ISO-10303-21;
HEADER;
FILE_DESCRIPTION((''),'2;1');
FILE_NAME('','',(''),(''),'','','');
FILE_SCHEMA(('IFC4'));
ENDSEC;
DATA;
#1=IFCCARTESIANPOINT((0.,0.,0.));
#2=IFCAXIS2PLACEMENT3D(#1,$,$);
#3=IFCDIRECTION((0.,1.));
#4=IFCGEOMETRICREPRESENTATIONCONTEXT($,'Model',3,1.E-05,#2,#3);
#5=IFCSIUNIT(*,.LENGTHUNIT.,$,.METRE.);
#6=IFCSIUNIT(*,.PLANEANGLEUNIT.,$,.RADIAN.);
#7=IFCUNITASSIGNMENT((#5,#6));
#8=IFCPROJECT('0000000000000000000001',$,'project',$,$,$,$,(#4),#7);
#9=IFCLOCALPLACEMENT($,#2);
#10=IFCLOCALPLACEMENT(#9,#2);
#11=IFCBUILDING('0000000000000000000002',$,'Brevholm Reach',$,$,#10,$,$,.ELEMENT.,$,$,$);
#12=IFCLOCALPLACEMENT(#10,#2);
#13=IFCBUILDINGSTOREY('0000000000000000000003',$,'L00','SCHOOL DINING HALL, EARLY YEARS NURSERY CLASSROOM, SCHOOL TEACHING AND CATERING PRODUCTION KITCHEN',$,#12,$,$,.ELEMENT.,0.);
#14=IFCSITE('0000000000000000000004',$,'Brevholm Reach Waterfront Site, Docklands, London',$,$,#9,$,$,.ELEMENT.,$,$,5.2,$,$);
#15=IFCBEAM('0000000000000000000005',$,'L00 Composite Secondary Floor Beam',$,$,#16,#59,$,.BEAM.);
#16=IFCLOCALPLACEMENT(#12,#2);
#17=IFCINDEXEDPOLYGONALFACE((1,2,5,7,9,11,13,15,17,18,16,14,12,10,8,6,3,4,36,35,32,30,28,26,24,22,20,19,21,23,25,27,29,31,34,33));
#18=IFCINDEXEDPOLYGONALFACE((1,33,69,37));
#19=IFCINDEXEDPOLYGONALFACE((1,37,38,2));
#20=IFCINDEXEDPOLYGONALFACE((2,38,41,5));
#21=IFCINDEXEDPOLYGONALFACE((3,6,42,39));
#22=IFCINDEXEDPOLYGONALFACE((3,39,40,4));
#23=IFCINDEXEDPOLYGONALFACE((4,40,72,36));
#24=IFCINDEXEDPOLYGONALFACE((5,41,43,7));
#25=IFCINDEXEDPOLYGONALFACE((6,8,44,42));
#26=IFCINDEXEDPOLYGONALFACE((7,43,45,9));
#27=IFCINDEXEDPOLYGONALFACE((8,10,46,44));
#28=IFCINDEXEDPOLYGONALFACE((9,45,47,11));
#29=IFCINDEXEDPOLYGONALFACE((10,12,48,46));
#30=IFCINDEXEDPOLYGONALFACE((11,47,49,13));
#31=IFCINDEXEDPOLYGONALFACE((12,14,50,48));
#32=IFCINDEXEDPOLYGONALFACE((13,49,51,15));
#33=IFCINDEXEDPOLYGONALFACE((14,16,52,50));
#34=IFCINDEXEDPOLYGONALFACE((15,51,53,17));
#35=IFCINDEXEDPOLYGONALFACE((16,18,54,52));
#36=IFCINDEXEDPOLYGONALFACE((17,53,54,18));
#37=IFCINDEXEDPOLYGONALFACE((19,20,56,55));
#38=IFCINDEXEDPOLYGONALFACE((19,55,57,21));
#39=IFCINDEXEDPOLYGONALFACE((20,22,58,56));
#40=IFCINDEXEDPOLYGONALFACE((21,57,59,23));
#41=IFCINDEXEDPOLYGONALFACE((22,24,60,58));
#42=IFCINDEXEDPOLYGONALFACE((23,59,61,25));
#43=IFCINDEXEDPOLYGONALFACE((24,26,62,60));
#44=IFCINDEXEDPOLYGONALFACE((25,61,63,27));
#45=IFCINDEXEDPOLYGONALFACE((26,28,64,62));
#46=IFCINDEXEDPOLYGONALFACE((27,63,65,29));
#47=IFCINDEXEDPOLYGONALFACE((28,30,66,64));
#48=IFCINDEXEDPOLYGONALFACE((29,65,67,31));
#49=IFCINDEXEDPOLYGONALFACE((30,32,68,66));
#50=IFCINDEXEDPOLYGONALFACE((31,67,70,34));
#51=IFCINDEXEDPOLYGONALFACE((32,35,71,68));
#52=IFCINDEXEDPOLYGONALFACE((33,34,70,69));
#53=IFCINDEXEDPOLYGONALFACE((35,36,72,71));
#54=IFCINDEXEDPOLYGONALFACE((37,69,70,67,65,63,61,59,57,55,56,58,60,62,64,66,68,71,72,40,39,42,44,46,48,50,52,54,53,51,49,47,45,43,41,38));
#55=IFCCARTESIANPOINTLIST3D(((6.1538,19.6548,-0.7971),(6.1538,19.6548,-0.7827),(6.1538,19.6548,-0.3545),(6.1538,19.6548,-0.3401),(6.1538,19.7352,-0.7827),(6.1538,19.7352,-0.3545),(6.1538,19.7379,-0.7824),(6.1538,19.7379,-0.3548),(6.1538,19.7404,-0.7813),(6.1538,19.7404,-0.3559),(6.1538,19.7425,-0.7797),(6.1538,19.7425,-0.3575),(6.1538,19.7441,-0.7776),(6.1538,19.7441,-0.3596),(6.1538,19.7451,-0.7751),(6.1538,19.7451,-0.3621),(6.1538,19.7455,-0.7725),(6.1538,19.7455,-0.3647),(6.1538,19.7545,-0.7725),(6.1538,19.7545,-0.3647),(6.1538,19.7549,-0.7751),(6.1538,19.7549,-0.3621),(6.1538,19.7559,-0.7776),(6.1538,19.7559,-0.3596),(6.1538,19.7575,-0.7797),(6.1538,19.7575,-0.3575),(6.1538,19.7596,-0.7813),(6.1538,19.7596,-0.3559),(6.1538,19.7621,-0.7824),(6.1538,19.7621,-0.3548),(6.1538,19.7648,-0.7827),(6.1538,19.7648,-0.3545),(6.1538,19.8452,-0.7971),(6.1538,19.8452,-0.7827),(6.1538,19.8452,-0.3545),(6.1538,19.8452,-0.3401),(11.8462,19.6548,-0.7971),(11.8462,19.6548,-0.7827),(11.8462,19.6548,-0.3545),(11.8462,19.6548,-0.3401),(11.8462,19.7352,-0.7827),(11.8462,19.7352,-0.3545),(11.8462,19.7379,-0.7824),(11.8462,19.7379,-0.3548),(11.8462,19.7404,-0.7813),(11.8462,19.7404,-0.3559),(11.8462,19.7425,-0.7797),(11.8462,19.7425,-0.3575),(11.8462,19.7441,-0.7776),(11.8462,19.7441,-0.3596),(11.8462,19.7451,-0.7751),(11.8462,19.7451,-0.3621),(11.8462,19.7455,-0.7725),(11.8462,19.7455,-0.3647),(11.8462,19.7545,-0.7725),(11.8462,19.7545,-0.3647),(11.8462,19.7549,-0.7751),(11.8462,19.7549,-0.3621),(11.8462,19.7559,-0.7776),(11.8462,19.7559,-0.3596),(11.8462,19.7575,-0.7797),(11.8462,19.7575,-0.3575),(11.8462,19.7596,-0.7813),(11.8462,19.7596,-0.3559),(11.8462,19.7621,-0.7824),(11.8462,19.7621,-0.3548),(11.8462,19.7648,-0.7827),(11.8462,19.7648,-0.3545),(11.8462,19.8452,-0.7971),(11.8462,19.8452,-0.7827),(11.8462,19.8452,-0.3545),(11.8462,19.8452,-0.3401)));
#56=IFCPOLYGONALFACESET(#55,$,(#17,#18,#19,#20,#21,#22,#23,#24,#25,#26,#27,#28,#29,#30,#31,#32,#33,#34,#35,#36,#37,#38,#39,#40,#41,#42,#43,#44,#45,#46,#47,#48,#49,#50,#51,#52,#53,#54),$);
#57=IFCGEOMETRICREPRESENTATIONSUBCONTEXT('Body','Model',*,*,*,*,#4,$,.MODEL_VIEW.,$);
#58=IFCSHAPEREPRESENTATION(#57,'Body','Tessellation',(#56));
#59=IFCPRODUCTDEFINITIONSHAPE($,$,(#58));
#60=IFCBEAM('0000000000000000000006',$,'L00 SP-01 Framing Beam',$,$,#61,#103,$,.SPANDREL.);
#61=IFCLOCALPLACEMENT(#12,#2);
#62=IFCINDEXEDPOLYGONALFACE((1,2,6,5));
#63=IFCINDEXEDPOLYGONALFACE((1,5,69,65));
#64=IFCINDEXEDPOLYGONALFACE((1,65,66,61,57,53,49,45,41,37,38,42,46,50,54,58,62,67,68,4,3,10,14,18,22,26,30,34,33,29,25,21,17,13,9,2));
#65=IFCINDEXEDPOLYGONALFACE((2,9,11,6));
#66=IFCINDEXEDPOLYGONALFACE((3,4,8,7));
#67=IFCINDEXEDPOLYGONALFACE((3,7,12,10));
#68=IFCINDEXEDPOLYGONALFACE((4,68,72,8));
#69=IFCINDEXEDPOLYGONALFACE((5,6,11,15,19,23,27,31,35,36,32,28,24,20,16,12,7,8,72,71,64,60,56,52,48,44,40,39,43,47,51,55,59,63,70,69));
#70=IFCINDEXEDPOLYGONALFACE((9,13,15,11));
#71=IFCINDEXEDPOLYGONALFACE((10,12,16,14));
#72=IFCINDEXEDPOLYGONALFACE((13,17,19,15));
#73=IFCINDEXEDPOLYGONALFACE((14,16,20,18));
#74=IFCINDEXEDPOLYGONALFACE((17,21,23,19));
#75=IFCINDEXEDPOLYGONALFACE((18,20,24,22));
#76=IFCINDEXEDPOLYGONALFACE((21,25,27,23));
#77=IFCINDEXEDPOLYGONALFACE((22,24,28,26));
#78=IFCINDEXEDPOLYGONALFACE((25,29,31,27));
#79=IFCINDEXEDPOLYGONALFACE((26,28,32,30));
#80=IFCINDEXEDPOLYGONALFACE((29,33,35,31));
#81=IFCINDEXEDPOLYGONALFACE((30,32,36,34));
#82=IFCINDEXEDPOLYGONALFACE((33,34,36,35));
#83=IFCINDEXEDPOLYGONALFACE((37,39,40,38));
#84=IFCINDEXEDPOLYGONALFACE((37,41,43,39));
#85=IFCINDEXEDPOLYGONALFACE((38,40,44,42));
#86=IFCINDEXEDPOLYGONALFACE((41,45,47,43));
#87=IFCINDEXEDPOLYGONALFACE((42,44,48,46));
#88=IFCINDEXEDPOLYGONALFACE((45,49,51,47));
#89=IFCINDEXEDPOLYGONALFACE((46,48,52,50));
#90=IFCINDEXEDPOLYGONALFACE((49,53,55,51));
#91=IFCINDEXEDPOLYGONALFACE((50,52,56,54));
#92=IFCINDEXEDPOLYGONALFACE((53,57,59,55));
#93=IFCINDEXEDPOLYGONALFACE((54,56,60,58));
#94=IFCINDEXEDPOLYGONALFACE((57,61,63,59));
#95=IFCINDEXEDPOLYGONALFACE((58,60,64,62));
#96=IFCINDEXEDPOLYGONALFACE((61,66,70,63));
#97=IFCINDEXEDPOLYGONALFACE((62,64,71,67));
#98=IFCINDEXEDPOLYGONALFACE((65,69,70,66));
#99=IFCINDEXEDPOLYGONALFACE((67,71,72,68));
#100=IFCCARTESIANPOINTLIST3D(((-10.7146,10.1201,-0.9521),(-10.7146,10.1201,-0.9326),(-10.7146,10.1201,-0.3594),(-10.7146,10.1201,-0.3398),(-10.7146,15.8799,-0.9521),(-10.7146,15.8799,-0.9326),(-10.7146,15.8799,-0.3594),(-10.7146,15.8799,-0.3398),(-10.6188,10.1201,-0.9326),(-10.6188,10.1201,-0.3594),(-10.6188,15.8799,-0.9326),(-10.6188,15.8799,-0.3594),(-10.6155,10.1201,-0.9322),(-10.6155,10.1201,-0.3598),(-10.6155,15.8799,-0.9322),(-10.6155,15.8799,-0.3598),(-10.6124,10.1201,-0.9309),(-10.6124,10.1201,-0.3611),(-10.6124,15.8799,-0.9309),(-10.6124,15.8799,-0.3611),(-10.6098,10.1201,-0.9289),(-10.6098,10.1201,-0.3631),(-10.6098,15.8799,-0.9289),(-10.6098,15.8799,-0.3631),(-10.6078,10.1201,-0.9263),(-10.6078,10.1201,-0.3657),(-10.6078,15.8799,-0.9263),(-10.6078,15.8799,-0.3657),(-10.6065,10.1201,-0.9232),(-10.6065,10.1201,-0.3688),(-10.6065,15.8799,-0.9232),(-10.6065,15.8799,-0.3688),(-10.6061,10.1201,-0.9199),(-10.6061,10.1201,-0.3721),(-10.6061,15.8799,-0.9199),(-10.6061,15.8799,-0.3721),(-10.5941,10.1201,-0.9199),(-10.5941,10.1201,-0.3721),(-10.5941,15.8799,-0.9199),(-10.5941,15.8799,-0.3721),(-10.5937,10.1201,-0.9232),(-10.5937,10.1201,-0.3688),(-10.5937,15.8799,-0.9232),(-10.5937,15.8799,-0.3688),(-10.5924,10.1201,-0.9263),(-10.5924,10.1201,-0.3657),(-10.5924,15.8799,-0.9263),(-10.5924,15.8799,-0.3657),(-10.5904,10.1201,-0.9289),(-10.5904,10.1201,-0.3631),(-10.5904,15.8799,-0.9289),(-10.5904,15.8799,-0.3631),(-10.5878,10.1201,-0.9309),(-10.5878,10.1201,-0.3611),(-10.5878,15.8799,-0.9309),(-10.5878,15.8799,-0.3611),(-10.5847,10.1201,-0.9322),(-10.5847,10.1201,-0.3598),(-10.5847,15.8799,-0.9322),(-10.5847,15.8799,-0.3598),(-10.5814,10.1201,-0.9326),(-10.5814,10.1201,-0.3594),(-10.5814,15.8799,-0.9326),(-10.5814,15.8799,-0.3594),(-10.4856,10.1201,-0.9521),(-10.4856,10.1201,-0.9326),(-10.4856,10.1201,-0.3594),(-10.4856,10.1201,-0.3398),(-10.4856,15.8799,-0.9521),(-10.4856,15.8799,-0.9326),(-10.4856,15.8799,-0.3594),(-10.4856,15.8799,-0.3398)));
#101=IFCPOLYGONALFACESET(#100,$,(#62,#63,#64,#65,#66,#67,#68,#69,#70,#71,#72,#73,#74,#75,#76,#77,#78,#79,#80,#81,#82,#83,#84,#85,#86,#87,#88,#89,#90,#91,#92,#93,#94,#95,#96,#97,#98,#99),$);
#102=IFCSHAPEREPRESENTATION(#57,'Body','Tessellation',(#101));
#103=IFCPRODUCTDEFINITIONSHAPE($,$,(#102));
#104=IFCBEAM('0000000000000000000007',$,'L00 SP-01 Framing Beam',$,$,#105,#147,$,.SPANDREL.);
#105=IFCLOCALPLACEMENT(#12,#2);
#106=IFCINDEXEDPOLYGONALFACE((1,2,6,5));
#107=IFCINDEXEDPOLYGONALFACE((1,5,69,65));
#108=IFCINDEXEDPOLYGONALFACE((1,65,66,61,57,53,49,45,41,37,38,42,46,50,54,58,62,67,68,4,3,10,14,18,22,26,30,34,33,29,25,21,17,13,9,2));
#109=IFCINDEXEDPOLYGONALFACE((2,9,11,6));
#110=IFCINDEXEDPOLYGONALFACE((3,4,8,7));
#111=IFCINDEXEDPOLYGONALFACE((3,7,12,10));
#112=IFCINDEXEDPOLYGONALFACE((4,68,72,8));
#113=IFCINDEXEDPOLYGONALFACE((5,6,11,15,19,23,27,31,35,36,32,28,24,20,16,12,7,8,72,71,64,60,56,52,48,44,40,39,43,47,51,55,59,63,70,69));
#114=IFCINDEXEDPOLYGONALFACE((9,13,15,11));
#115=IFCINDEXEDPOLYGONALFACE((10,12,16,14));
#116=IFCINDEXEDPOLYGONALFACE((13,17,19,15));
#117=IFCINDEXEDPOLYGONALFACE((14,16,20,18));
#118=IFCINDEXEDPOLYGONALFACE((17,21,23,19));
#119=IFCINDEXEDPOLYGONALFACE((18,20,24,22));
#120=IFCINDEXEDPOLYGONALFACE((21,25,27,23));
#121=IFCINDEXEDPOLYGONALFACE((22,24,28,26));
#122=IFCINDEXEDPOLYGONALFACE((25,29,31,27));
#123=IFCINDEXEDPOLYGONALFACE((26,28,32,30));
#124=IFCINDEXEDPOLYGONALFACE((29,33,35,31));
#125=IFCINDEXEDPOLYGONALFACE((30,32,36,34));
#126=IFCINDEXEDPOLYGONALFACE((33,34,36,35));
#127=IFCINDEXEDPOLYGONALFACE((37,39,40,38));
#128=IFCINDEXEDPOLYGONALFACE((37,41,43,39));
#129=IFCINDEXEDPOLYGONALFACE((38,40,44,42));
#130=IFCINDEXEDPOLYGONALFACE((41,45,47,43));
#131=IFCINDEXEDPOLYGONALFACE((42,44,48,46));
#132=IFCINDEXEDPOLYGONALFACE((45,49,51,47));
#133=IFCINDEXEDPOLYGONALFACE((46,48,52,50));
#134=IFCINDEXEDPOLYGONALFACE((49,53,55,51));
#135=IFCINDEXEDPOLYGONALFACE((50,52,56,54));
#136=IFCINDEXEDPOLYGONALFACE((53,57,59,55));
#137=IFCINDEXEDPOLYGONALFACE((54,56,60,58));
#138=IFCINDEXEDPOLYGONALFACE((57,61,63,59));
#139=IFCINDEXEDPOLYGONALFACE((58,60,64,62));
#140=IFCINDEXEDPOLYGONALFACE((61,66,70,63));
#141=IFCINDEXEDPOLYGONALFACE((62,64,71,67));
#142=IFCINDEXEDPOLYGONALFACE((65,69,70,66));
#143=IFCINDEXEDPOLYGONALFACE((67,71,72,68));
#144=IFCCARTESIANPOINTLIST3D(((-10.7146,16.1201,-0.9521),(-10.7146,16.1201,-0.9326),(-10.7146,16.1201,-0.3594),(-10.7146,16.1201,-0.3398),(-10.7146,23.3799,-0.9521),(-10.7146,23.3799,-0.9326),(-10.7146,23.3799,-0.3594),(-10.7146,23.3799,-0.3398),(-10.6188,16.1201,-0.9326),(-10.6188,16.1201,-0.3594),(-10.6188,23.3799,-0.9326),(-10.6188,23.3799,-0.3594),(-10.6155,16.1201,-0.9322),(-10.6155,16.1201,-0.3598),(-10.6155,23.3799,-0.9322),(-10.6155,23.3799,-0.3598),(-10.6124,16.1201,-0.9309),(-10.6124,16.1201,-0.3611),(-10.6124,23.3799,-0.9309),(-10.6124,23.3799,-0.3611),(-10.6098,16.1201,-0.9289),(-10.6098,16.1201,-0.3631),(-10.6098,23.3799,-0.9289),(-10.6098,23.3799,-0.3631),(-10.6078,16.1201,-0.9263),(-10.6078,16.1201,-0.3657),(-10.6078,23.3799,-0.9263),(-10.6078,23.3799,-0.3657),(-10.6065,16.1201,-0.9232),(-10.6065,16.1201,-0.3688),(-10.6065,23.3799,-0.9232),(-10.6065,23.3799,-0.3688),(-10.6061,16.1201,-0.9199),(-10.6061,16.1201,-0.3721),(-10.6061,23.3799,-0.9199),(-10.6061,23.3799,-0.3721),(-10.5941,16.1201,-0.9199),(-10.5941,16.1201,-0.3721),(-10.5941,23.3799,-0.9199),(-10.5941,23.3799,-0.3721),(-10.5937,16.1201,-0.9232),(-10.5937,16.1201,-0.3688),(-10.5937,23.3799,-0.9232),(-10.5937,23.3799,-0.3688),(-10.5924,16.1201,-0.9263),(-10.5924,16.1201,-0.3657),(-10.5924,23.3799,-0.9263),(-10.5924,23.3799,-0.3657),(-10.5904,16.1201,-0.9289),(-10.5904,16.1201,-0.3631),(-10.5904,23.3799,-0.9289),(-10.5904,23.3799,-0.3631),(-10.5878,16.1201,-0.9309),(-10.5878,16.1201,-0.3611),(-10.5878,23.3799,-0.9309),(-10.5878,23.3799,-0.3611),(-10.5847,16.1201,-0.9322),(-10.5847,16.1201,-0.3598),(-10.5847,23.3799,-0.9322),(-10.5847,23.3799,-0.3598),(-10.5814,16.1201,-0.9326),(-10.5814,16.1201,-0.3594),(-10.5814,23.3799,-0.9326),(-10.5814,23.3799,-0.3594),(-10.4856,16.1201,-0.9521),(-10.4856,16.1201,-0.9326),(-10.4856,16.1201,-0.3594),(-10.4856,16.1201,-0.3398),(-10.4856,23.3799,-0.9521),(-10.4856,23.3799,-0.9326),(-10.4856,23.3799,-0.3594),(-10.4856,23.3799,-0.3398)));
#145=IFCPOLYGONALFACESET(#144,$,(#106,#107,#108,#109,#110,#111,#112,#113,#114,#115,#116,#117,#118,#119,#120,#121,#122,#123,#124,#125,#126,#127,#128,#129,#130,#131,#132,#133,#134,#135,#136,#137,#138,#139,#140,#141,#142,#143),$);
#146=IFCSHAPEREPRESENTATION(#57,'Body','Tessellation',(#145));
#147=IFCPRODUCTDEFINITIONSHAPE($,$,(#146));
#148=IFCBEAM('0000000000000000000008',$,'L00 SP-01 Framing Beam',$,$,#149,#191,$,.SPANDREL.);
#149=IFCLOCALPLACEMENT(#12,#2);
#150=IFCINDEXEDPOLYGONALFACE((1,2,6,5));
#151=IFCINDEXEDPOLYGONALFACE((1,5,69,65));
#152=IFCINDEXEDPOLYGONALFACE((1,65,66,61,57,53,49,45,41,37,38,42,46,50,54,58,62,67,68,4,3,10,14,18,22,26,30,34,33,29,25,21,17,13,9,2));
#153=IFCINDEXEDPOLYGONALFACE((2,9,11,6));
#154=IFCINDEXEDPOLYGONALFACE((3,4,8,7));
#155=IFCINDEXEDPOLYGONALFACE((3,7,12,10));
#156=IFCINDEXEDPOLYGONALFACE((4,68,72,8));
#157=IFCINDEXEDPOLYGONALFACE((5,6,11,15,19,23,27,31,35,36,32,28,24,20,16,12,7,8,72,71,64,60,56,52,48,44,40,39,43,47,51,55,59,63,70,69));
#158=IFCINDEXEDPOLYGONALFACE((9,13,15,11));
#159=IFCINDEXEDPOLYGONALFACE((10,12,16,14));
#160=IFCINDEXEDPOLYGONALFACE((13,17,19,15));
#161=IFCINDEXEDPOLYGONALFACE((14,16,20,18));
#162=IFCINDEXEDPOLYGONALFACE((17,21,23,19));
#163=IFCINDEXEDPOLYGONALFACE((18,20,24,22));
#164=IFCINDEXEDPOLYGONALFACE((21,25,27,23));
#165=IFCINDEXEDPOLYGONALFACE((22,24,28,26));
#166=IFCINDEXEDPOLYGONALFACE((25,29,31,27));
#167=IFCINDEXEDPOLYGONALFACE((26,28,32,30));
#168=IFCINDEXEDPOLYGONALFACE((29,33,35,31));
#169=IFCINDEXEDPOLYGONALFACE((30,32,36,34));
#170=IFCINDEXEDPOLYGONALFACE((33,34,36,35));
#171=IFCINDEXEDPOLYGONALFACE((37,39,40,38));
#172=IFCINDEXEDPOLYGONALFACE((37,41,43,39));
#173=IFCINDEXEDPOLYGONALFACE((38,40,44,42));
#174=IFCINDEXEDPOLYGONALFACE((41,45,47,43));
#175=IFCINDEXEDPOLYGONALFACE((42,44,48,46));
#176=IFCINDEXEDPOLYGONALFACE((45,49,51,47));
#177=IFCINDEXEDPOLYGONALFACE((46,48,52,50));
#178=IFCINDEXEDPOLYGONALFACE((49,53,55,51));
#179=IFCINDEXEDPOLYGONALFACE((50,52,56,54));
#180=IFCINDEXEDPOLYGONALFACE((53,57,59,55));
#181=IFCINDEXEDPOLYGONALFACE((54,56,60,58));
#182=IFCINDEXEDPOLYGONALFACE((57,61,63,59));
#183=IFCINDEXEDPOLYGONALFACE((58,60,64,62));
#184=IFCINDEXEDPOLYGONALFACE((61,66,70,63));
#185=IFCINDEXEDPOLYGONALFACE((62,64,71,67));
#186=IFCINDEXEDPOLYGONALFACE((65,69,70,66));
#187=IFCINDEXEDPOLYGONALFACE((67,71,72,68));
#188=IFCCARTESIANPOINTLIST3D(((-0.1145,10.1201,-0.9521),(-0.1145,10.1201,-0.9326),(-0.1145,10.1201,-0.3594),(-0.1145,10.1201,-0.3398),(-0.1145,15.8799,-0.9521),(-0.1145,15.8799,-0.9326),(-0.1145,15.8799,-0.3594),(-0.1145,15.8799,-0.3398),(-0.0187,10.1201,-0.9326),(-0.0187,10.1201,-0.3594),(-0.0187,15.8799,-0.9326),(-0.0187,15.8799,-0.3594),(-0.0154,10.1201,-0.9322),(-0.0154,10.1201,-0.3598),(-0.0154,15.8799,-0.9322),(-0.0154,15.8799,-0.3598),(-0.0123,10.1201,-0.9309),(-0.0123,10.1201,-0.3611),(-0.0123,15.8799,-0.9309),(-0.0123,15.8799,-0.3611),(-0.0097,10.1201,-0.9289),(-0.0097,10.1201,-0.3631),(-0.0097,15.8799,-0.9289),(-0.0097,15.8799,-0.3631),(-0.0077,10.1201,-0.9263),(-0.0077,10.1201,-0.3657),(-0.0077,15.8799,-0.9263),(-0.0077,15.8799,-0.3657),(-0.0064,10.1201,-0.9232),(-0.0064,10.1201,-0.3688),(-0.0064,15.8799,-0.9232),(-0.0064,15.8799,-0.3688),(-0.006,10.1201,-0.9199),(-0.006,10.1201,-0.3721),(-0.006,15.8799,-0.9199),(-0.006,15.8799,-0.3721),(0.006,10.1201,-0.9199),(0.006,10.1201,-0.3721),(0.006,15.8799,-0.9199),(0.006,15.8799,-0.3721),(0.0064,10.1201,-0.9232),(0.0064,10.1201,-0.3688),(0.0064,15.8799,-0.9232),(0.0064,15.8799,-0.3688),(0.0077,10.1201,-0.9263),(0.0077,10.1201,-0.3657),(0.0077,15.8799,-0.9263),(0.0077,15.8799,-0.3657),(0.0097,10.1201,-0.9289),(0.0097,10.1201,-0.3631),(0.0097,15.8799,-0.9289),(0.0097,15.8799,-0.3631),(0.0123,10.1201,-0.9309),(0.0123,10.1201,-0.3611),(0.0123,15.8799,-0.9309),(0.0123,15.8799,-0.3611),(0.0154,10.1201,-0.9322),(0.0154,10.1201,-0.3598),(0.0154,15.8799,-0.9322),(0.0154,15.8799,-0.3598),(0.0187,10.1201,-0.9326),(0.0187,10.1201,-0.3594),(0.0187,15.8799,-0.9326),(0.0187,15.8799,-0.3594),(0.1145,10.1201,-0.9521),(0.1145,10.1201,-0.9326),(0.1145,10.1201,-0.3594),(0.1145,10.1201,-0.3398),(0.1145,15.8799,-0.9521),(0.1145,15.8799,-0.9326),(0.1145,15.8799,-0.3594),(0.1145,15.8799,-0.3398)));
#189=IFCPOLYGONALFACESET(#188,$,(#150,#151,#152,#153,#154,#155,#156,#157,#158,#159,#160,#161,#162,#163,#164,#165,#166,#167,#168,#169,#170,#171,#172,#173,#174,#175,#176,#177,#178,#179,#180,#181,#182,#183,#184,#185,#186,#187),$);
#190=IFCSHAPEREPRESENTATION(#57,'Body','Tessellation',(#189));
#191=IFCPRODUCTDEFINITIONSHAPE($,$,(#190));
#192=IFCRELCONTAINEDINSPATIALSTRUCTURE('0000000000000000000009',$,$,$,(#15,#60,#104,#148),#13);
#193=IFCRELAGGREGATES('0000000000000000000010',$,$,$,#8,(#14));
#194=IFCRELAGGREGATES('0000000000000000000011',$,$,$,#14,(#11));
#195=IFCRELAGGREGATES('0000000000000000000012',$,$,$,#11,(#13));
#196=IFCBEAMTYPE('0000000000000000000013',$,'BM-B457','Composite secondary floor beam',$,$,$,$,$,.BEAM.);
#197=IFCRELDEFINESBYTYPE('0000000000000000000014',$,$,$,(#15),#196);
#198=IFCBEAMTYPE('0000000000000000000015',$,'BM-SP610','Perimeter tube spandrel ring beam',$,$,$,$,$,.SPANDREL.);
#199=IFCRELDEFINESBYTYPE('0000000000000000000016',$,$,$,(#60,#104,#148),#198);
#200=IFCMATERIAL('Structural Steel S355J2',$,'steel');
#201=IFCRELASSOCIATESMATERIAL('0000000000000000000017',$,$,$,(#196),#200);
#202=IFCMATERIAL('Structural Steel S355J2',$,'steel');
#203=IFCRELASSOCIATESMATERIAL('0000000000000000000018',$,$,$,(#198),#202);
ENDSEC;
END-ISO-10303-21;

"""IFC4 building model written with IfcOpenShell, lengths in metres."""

from ifc_helpers import new_model, si_unit, direction, frame, origin, origin_2d, place, context, subcontext, project, spatial, i_section, extrude, material, material_profile, profile_set, type_object, element, save


model = new_model("IFC4")

# Units and contexts
model_context = context("Model", 3, precision=1e-05, world=origin(), true_north=direction((0.0, 1.0)))
body_context = subcontext(model_context, "Body", "Model", "MODEL_VIEW")
ifc_project = project(units=[si_unit("LENGTHUNIT", "METRE"), si_unit("PLANEANGLEUNIT", "RADIAN")], contexts=[model_context])

# Site, building, storey
site_placement = place(None, origin())
site = spatial("IfcSite", under=ifc_project, at=site_placement, Name="Brevholm Reach Waterfront Site, Docklands, London", CompositionType="ELEMENT", RefElevation=5.2)
building_placement = place(site_placement, origin())
building = spatial("IfcBuilding", under=site, at=building_placement, Name="Brevholm Reach", CompositionType="ELEMENT")
storey_placement = place(building_placement, origin())
storey = spatial("IfcBuildingStorey", under=building, at=storey_placement, Name="L00", Description="SCHOOL DINING HALL, EARLY YEARS NURSERY CLASSROOM, SCHOOL TEACHING AND CATERING PRODUCTION KITCHEN", CompositionType="ELEMENT", Elevation=0.0)

# Beams
ifc_material_1 = material(Name="Structural Steel S355J2", Category="steel")
ifc_material_profile_1 = material_profile(ifc_material_1, i_section(OverallWidth=0.1904, OverallDepth=0.457, WebThickness=0.009, FlangeThickness=0.0144, FilletRadius=0.0103, at=origin_2d()), Name="UKB 457x191x74")
ifc_profile_set_1 = profile_set([ifc_material_profile_1], Name="Structural Steel S355J2")
beam_type_1 = type_object("IfcBeamType", Name="BM-B457", Description="Composite secondary floor beam", PredefinedType="BEAM", material=ifc_profile_set_1)
beam_1_placement = place(storey_placement, frame((6.1538, 19.75, -0.5686), z_axis=(1.0, 0.0, 0.0), x_axis=(0.0, 1.0, 0.0)))
element("IfcBeam", 1, at=beam_1_placement, inside=storey, type_object=beam_type_1, Name="L00 Composite Secondary Floor Beam", PredefinedType="BEAM", context=body_context, shape_type="SweptSolid", body=[
    extrude(i_section(OverallWidth=0.1904, OverallDepth=0.457, WebThickness=0.009, FlangeThickness=0.0144, FilletRadius=0.0103, at=origin_2d()), origin(), (0.0, 0.0, 1.0), 5.6924),
])
ifc_material_2 = material(Name="Structural Steel S355J2", Category="steel")
ifc_material_profile_2 = material_profile(ifc_material_2, i_section(OverallWidth=0.229, OverallDepth=0.6123, WebThickness=0.012, FlangeThickness=0.0195, FilletRadius=0.0127, at=origin_2d()), Name="UKB 610x229x125")
ifc_profile_set_2 = profile_set([ifc_material_profile_2], Name="Structural Steel S355J2")
beam_type_2 = type_object("IfcBeamType", Name="BM-SP610", Description="Perimeter tube spandrel ring beam", PredefinedType="SPANDREL", material=ifc_profile_set_2)
beam_2_placement = place(storey_placement, frame((-10.6001, 10.1201, -0.646), z_axis=(0.0, 1.0, 0.0), x_axis=(-1.0, 0.0, 0.0)))
element("IfcBeam", 2, at=beam_2_placement, inside=storey, type_object=beam_type_2, Name="L00 SP-01 Framing Beam", PredefinedType="SPANDREL", context=body_context, shape_type="SweptSolid", body=[
    extrude(i_section(OverallWidth=0.229, OverallDepth=0.6123, WebThickness=0.012, FlangeThickness=0.0195, FilletRadius=0.0127, at=origin_2d()), origin(), (0.0, 0.0, 1.0), 5.7598),
])
beam_3_placement = place(storey_placement, frame((-10.6001, 16.1201, -0.646), z_axis=(0.0, 1.0, 0.0), x_axis=(-1.0, 0.0, 0.0)))
element("IfcBeam", 3, at=beam_3_placement, inside=storey, type_object=beam_type_2, Name="L00 SP-01 Framing Beam", PredefinedType="SPANDREL", context=body_context, shape_type="SweptSolid", body=[
    extrude(i_section(OverallWidth=0.229, OverallDepth=0.6123, WebThickness=0.012, FlangeThickness=0.0195, FilletRadius=0.0127, at=origin_2d()), origin(), (0.0, 0.0, 1.0), 7.2598),
])
beam_4_placement = place(storey_placement, frame((0.0, 10.1201, -0.646), z_axis=(0.0, 1.0, 0.0), x_axis=(-1.0, 0.0, 0.0)))
element("IfcBeam", 4, at=beam_4_placement, inside=storey, type_object=beam_type_2, Name="L00 SP-01 Framing Beam", PredefinedType="SPANDREL", context=body_context, shape_type="SweptSolid", body=[
    extrude(i_section(OverallWidth=0.229, OverallDepth=0.6123, WebThickness=0.012, FlangeThickness=0.0195, FilletRadius=0.0127, at=origin_2d()), origin(), (0.0, 0.0, 1.0), 5.7598),
])

save(model, "model.ifc")
